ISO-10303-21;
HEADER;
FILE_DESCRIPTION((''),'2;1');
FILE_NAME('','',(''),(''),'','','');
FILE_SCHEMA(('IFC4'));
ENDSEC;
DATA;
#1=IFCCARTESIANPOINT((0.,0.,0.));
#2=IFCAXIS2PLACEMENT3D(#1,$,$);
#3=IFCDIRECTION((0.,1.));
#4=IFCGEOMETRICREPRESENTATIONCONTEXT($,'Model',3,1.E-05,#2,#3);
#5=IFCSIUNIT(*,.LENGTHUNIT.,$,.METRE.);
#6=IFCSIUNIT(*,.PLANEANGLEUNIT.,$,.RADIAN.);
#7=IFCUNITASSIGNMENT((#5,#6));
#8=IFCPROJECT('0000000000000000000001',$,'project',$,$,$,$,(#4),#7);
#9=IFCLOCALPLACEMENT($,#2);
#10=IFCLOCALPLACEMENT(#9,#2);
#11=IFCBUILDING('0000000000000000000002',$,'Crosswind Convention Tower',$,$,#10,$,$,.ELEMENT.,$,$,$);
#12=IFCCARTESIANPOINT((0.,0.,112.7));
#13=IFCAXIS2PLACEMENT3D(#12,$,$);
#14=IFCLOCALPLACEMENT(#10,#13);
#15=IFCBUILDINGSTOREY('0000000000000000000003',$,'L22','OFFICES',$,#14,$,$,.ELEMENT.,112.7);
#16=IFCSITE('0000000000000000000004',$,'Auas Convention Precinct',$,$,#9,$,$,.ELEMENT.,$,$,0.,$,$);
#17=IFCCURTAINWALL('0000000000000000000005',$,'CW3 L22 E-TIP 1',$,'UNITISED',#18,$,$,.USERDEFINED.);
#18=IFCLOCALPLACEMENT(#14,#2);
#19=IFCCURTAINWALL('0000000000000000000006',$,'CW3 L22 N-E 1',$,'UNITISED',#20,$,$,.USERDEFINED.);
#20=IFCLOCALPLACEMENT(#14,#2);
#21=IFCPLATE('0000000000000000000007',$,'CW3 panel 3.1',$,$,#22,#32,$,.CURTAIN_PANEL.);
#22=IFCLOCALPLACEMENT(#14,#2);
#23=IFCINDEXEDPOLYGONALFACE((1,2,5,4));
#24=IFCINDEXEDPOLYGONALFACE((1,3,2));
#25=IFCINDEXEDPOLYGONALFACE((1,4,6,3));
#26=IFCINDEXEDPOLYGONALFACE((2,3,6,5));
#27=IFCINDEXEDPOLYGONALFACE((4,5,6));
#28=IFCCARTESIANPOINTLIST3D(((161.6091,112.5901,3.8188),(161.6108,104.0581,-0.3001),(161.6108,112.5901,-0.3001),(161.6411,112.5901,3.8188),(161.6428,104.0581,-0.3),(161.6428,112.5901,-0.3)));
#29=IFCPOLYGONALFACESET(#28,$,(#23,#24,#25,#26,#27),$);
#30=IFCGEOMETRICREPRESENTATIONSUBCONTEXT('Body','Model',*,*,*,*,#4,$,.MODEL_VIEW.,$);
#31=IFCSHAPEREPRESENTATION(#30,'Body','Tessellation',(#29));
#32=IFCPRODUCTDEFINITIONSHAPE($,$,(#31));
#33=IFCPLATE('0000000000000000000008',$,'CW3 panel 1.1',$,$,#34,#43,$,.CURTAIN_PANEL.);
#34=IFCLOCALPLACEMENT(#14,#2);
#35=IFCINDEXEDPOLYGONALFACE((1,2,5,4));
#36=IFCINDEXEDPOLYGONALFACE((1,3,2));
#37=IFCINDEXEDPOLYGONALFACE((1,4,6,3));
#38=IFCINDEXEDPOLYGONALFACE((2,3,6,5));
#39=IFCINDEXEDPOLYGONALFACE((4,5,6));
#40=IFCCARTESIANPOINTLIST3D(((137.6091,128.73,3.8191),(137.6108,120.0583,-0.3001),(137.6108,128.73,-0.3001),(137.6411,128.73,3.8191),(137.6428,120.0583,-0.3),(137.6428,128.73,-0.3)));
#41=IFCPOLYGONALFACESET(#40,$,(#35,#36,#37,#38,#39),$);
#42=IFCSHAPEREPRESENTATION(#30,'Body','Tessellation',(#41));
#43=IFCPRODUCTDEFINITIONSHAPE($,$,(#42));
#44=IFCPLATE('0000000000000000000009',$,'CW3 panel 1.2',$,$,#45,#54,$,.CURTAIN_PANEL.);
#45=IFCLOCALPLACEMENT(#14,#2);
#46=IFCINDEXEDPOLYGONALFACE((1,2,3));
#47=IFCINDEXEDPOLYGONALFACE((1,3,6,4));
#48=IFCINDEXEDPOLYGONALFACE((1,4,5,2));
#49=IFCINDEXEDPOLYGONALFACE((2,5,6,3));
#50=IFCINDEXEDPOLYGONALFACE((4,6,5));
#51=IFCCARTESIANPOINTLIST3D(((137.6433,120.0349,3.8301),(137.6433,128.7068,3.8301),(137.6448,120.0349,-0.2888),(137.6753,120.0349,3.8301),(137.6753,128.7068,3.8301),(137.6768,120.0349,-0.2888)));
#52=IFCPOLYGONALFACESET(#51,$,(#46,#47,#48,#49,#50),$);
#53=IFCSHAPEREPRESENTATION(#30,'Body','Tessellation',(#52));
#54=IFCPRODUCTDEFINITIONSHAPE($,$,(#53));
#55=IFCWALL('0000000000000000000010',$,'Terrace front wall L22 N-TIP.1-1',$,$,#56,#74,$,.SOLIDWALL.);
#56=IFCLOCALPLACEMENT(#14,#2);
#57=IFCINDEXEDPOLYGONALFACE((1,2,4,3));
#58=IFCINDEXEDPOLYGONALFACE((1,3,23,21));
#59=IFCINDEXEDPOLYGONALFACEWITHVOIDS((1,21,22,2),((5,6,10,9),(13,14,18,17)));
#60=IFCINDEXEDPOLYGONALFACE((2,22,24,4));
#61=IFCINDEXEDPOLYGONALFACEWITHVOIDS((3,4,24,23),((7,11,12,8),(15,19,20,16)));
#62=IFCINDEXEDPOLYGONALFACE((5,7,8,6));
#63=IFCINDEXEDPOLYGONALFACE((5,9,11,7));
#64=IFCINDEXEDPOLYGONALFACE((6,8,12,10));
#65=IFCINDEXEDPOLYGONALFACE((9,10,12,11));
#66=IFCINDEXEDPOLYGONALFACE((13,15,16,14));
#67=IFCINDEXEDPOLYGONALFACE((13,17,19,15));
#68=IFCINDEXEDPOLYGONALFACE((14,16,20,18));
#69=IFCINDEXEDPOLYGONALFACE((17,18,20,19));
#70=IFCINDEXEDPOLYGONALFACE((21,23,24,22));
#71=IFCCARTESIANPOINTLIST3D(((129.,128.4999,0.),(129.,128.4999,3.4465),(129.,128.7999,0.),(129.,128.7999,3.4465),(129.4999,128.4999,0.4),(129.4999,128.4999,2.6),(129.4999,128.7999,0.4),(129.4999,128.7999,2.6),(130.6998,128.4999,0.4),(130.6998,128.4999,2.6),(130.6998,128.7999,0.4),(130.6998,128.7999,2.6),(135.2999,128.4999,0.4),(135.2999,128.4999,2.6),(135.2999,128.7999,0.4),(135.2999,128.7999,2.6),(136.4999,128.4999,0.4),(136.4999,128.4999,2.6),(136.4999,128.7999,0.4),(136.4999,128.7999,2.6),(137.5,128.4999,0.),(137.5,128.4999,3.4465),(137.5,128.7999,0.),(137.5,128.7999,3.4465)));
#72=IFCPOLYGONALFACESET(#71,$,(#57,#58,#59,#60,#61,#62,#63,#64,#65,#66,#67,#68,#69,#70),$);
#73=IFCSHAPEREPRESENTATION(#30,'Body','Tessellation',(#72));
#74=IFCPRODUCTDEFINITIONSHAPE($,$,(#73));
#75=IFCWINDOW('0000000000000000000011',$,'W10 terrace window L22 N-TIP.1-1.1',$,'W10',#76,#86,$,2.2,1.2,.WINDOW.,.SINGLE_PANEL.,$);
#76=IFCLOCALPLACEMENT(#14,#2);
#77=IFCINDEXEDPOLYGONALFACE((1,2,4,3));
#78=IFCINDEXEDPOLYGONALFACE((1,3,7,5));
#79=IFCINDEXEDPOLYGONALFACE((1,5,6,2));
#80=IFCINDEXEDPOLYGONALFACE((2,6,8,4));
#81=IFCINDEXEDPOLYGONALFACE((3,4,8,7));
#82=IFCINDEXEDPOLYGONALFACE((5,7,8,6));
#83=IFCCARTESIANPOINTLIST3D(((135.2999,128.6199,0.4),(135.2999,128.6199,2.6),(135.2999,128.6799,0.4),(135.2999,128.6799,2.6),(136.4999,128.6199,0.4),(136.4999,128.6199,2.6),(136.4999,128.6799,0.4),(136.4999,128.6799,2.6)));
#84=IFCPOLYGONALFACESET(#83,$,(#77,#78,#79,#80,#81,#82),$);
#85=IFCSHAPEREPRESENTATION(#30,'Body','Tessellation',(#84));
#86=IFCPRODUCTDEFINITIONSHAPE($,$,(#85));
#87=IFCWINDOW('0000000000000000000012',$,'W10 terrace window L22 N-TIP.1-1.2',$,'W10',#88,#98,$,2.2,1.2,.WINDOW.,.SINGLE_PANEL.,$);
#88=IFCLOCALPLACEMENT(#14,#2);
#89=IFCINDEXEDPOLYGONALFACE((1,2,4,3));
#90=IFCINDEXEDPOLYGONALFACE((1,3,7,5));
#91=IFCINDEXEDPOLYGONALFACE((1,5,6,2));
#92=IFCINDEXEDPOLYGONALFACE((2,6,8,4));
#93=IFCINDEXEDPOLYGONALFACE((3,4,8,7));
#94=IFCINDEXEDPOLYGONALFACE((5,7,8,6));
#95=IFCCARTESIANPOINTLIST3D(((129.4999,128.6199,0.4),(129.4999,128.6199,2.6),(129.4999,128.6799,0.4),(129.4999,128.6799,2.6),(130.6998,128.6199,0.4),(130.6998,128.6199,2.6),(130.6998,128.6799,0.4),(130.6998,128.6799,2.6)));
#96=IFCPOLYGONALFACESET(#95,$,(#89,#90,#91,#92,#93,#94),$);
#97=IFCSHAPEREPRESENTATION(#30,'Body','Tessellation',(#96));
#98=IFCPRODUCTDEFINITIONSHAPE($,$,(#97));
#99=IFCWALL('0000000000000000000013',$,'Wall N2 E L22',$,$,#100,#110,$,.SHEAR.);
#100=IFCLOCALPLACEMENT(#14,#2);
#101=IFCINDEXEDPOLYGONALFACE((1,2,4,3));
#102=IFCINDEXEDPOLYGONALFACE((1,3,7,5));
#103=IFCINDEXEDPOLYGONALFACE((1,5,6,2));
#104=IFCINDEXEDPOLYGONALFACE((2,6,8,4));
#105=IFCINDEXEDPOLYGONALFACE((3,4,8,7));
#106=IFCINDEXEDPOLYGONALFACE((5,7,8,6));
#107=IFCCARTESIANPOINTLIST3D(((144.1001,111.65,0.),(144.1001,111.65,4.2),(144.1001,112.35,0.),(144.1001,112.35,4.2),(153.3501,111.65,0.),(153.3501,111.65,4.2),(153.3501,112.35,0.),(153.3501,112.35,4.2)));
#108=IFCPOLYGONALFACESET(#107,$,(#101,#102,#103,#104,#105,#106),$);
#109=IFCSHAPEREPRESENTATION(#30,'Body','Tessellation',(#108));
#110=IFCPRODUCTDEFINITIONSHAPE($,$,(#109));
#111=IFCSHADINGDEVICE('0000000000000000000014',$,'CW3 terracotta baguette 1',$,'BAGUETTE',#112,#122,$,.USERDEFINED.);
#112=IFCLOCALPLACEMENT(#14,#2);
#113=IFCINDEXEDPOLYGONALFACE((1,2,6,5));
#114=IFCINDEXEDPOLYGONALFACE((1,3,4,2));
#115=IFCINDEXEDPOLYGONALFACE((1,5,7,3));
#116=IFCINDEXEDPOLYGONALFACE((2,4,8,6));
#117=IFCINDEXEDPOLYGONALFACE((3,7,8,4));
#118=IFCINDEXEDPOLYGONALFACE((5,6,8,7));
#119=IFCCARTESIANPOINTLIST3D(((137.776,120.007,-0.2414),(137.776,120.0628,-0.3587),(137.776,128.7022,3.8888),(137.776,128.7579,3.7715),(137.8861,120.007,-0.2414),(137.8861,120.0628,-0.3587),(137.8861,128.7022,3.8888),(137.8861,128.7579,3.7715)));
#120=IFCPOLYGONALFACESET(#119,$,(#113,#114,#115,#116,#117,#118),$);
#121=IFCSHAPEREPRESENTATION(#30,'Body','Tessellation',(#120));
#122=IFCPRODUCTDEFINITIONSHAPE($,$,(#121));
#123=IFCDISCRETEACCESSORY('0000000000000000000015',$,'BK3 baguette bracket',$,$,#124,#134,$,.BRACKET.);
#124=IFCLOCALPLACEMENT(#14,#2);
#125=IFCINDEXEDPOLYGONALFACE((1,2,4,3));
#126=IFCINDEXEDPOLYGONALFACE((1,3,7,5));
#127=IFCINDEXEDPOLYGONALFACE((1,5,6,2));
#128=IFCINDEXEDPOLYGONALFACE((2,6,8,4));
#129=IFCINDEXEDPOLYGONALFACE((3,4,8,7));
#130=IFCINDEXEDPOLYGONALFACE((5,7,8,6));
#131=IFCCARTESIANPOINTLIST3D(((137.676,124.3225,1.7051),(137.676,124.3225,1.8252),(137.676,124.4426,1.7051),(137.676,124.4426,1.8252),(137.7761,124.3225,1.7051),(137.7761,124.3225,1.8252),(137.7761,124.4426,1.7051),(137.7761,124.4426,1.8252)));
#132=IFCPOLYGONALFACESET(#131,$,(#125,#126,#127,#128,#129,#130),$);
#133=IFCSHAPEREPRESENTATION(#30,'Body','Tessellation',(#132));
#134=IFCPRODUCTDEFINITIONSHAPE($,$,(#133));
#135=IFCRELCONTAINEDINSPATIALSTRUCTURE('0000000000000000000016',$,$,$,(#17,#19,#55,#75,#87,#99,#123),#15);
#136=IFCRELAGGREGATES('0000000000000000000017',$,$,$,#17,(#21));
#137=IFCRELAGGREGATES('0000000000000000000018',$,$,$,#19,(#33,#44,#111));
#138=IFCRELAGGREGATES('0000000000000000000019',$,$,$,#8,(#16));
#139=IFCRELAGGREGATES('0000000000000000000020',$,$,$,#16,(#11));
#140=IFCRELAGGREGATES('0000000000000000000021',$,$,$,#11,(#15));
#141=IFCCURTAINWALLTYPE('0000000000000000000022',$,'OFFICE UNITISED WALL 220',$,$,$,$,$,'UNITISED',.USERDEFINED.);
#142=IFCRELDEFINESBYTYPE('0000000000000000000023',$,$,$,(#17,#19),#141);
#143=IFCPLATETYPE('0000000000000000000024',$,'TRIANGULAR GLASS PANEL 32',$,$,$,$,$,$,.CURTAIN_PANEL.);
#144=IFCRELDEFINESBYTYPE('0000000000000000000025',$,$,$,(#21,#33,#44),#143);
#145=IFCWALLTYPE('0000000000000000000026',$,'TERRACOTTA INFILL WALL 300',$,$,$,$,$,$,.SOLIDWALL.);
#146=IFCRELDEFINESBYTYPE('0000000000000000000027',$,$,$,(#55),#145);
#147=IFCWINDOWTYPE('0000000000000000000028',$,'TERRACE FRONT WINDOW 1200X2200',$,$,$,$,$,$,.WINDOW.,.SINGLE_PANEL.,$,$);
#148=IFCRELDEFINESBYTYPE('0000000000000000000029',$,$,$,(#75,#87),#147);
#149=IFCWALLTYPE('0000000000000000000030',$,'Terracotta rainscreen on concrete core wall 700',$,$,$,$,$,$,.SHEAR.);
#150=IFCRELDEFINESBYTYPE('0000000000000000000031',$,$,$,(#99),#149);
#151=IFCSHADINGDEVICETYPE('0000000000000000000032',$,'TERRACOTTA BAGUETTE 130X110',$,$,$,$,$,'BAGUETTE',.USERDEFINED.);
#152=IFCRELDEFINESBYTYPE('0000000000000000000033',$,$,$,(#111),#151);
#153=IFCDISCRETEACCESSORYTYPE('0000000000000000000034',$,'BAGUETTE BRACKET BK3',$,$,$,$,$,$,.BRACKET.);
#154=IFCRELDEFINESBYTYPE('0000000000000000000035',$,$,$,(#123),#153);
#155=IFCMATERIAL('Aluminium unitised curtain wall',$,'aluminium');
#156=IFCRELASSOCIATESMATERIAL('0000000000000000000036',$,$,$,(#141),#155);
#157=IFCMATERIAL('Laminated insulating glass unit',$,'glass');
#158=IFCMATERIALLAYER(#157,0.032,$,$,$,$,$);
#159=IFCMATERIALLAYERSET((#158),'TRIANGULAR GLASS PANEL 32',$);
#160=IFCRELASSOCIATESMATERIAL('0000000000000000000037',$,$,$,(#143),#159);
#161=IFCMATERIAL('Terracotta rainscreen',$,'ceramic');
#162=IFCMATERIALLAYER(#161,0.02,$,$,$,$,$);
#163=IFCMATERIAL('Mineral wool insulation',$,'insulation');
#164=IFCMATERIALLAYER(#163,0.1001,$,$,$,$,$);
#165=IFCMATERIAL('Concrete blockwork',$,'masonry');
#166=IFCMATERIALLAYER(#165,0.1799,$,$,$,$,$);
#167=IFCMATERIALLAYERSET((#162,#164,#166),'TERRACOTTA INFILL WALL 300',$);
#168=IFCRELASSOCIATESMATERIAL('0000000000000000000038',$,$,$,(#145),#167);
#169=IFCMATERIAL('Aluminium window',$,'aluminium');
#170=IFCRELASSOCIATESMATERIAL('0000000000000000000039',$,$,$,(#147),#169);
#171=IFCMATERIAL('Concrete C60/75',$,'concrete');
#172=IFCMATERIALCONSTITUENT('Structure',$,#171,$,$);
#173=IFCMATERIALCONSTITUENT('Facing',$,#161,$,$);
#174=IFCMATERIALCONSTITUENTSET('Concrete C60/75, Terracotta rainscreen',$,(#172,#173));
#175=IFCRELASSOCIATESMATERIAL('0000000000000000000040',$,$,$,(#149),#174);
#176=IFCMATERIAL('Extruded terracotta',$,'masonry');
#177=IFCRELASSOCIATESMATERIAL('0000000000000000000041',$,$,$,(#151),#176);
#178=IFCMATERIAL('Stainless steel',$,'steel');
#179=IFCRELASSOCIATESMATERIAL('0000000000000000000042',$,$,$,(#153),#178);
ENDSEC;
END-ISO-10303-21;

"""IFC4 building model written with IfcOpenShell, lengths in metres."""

from ifc_helpers import new_model, si_unit, direction, frame, frame_2d, origin, origin_2d, place, context, subcontext, project, spatial, polyline, rectangle, outline, extrude, material, layer, layer_set, constituent, constituent_set, material_profile, profile_set, type_object, element, fill, aggregate, save


model = new_model("IFC4")

# Units and contexts
model_context = context("Model", 3, precision=1e-05, world=origin(), true_north=direction((0.0, 1.0)))
body_context = subcontext(model_context, "Body", "Model", "MODEL_VIEW")
ifc_project = project(units=[si_unit("LENGTHUNIT", "METRE"), si_unit("PLANEANGLEUNIT", "RADIAN")], contexts=[model_context])

# Site, building, storey
site_placement = place(None, origin())
site = spatial("IfcSite", under=ifc_project, at=site_placement, Name="Auas Convention Precinct", CompositionType="ELEMENT", RefElevation=0.0)
building_placement = place(site_placement, origin())
building = spatial("IfcBuilding", under=site, at=building_placement, Name="Crosswind Convention Tower", CompositionType="ELEMENT")
storey_placement = place(building_placement, frame((0.0, 0.0, 112.7)))
storey = spatial("IfcBuildingStorey", under=building, at=storey_placement, Name="L22", Description="OFFICES", CompositionType="ELEMENT", Elevation=112.7)

# Shared definitions
ifc_material_1 = material(Name="Concrete C60/75", Category="concrete")

# Shared definitions
ifc_material_2 = material(Name="Aluminium unitised curtain wall", Category="aluminium")

# Curtain wall
curtain_wall_type_1 = type_object("IfcCurtainWallType", Name="OFFICE UNITISED WALL 220", ElementType="UNITISED", PredefinedType="USERDEFINED", material=ifc_material_2)
curtain_wall_1_placement = place(storey_placement, origin())
curtain_wall_1 = element("IfcCurtainWall", 1, at=curtain_wall_1_placement, inside=storey, type_object=curtain_wall_type_1, Name="CW3 L22 E-TIP 1", ObjectType="UNITISED", PredefinedType="USERDEFINED")

# Curtain wall
curtain_wall_2_placement = place(storey_placement, origin())
curtain_wall_2 = element("IfcCurtainWall", 2, at=curtain_wall_2_placement, inside=storey, type_object=curtain_wall_type_1, Name="CW3 L22 N-E 1", ObjectType="UNITISED", PredefinedType="USERDEFINED")

# Plates
ifc_material_3 = material(Name="Laminated insulating glass unit", Category="glass")
ifc_layer_1 = layer(ifc_material_3, 0.032)
ifc_layer_set_1 = layer_set([ifc_layer_1], Name="TRIANGULAR GLASS PANEL 32")
plate_type_1 = type_object("IfcPlateType", Name="TRIANGULAR GLASS PANEL 32", PredefinedType="CURTAIN_PANEL", material=ifc_layer_set_1)
plate_1_placement = place(storey_placement, frame((161.6428, 112.5901, -0.3), z_axis=(1.0, 0.0, 0.000415), x_axis=(-0.000415, 0.0, 1.0)))
plate_1 = element("IfcPlate", 3, at=plate_1_placement, type_object=plate_type_1, Name="CW3 panel 3.1", PredefinedType="CURTAIN_PANEL", context=body_context, shape_type="SweptSolid", body=[
    extrude(outline(polyline([(0.0, 0.0), (4.1189, 0.0), (0.0, 8.532), (0.0, 0.0)])), origin(), (0.0, 0.0, -1.0), 0.032),
])
aggregate(curtain_wall_1, [plate_1])
plate_2_placement = place(storey_placement, frame((137.6428, 128.73, -0.3), z_axis=(1.0, 0.0, 0.000415), x_axis=(-0.000415, 0.0, 1.0)))
plate_2 = element("IfcPlate", 4, at=plate_2_placement, type_object=plate_type_1, Name="CW3 panel 1.1", PredefinedType="CURTAIN_PANEL", context=body_context, shape_type="SweptSolid", body=[
    extrude(outline(polyline([(0.0, 0.0), (4.1191, 0.0), (0.0, 8.6716), (0.0, 0.0)])), origin(), (0.0, 0.0, -1.0), 0.032),
])
plate_3_placement = place(storey_placement, frame((137.6753, 120.0349, 3.8301), z_axis=(1.0, 0.0, 0.000356), x_axis=(0.000356, 0.0, -1.0)))
plate_3 = element("IfcPlate", 5, at=plate_3_placement, type_object=plate_type_1, Name="CW3 panel 1.2", PredefinedType="CURTAIN_PANEL", context=body_context, shape_type="SweptSolid", body=[
    extrude(outline(polyline([(0.0, 0.0), (4.1189, 0.0), (0.0, 8.6719), (0.0, 0.0)])), origin(), (0.0, 0.0, -1.0), 0.032),
])

# Wall, openings, windows
ifc_material_4 = material(Name="Terracotta rainscreen", Category="ceramic")
ifc_layer_2 = layer(ifc_material_4, 0.02)
ifc_material_5 = material(Name="Mineral wool insulation", Category="insulation")
ifc_layer_3 = layer(ifc_material_5, 0.1001)
ifc_material_6 = material(Name="Concrete blockwork", Category="masonry")
ifc_layer_4 = layer(ifc_material_6, 0.1799)
ifc_layer_set_2 = layer_set([ifc_layer_2, ifc_layer_3, ifc_layer_4], Name="TERRACOTTA INFILL WALL 300")
wall_type_1 = type_object("IfcWallType", Name="TERRACOTTA INFILL WALL 300", PredefinedType="SOLIDWALL", material=ifc_layer_set_2)
wall_1_placement = place(storey_placement, frame((137.5, 128.6499, 0.0), z_axis=(0.0, 0.0, 1.0), x_axis=(-1.0, 0.0, 0.0)))
wall_1 = element("IfcWall", 6, at=wall_1_placement, inside=storey, type_object=wall_type_1, Name="Terrace front wall L22 N-TIP.1-1", PredefinedType="SOLIDWALL", context=body_context, shape_type="SweptSolid", body=[
    extrude(rectangle(XDim=8.5, YDim=0.3, at=frame_2d((4.25, 0.0))), origin(), (0.0, 0.0, 1.0), 3.4465),
])
opening_1_placement = place(wall_1_placement, frame((1.0, 0.0, 0.3999)))
opening_1 = element("IfcOpeningElement", 7, at=opening_1_placement, cuts=wall_1, PredefinedType="OPENING", context=body_context, shape_type="SweptSolid", body=[
    extrude(rectangle(XDim=1.2, YDim=2.2, at=frame_2d((0.6001, 1.1001))), frame((0.0, 0.1599, 0.0), z_axis=(0.0, -1.0, 0.0), x_axis=(1.0, 0.0, 0.0)), (0.0, 0.0, 1.0), 0.3201),
])
opening_2_placement = place(wall_1_placement, frame((6.8, 0.0, 0.3999)))
opening_2 = element("IfcOpeningElement", 8, at=opening_2_placement, cuts=wall_1, PredefinedType="OPENING", context=body_context, shape_type="SweptSolid", body=[
    extrude(rectangle(XDim=1.2, YDim=2.2, at=frame_2d((0.6001, 1.1001))), frame((0.0, 0.1599, 0.0), z_axis=(0.0, -1.0, 0.0), x_axis=(1.0, 0.0, 0.0)), (0.0, 0.0, 1.0), 0.3201),
])
ifc_material_7 = material(Name="Aluminium window", Category="aluminium")
window_type = type_object("IfcWindowType", Name="TERRACE FRONT WINDOW 1200X2200", PartitioningType="SINGLE_PANEL", PredefinedType="WINDOW", material=ifc_material_7)
window_1_placement = place(opening_1_placement, origin())
window_1 = element("IfcWindow", 9, at=window_1_placement, inside=storey, type_object=window_type, Name="W10 terrace window L22 N-TIP.1-1.1", ObjectType="W10", OverallHeight=2.2, OverallWidth=1.2, PartitioningType="SINGLE_PANEL", PredefinedType="WINDOW", context=body_context, shape_type="SweptSolid", body=[
    extrude(rectangle(XDim=1.2, YDim=2.2, at=frame_2d((0.6001, 1.1001))), frame((0.0, 0.03, 0.0), z_axis=(0.0, -1.0, 0.0), x_axis=(1.0, 0.0, 0.0)), (0.0, 0.0, 1.0), 0.0601),
])
fill(opening_1, window_1)
window_2_placement = place(opening_2_placement, origin())
window_2 = element("IfcWindow", 10, at=window_2_placement, inside=storey, type_object=window_type, Name="W10 terrace window L22 N-TIP.1-1.2", ObjectType="W10", OverallHeight=2.2, OverallWidth=1.2, PartitioningType="SINGLE_PANEL", PredefinedType="WINDOW", context=body_context, shape_type="SweptSolid", body=[
    extrude(rectangle(XDim=1.2, YDim=2.2, at=frame_2d((0.6001, 1.1001))), frame((0.0, 0.03, 0.0), z_axis=(0.0, -1.0, 0.0), x_axis=(1.0, 0.0, 0.0)), (0.0, 0.0, 1.0), 0.0601),
])
fill(opening_2, window_2)

# Wall
ifc_constituent_1 = constituent(ifc_material_1, Name="Structure")
ifc_constituent_2 = constituent(ifc_material_4, Name="Facing")
ifc_constituent_set = constituent_set(constituents=[ifc_constituent_1, ifc_constituent_2], Name="Concrete C60/75, Terracotta rainscreen")
wall_type_2 = type_object("IfcWallType", Name="Terracotta rainscreen on concrete core wall 700", PredefinedType="SHEAR", material=ifc_constituent_set)
wall_2_placement = place(storey_placement, frame((144.1001, 112.0, 0.0), z_axis=(0.0, 0.0, 1.0), x_axis=(1.0, 0.0, 0.0)))
element("IfcWall", 11, at=wall_2_placement, inside=storey, type_object=wall_type_2, Name="Wall N2 E L22", PredefinedType="SHEAR", context=body_context, shape_type="SweptSolid", body=[
    extrude(rectangle(XDim=9.25, YDim=0.7, at=frame_2d((4.625, 0.0))), origin(), (0.0, 0.0, 1.0), 4.2),
])

# Shading device
ifc_material_8 = material(Name="Extruded terracotta", Category="masonry")
ifc_material_profile_1 = material_profile(ifc_material_8, rectangle(XDim=0.1101, YDim=0.1299, at=origin_2d()), Name="TC 110X130")
ifc_profile_set_1 = profile_set([ifc_material_profile_1], Name="Extruded terracotta")
shading_device_type = type_object("IfcShadingDeviceType", Name="TERRACOTTA BAGUETTE 130X110", ElementType="BAGUETTE", PredefinedType="USERDEFINED", material=ifc_profile_set_1)
shading_device_placement = place(storey_placement, frame((137.8311, 120.0349, -0.3), z_axis=(0.0, 0.903279, 0.429054), x_axis=(-1.0, 0.0, 0.0)))
shading_device = element("IfcShadingDevice", 12, at=shading_device_placement, type_object=shading_device_type, Name="CW3 terracotta baguette 1", ObjectType="BAGUETTE", PredefinedType="USERDEFINED", context=body_context, shape_type="SweptSolid", body=[
    extrude(rectangle(XDim=0.1101, YDim=0.1299, at=origin_2d()), origin(), (0.0, 0.0, 1.0), 9.6262),
])
aggregate(curtain_wall_2, [plate_2, plate_3, shading_device])

# Discrete accessory
ifc_material_9 = material(Name="Stainless steel", Category="steel")
discrete_accessory_type = type_object("IfcDiscreteAccessoryType", Name="BAGUETTE BRACKET BK3", PredefinedType="BRACKET", material=ifc_material_9)
discrete_accessory_placement = place(storey_placement, frame((137.7261, 124.3826, 1.7051), z_axis=(0.0, 0.0, 1.0), x_axis=(0.0, 1.0, 0.0)))
element("IfcDiscreteAccessory", 13, at=discrete_accessory_placement, inside=storey, type_object=discrete_accessory_type, Name="BK3 baguette bracket", PredefinedType="BRACKET", context=body_context, shape_type="SweptSolid", body=[
    extrude(rectangle(XDim=0.1201, YDim=0.1001, at=origin_2d()), origin(), (0.0, 0.0, 1.0), 0.1201),
])

save(model, "model.ifc")
